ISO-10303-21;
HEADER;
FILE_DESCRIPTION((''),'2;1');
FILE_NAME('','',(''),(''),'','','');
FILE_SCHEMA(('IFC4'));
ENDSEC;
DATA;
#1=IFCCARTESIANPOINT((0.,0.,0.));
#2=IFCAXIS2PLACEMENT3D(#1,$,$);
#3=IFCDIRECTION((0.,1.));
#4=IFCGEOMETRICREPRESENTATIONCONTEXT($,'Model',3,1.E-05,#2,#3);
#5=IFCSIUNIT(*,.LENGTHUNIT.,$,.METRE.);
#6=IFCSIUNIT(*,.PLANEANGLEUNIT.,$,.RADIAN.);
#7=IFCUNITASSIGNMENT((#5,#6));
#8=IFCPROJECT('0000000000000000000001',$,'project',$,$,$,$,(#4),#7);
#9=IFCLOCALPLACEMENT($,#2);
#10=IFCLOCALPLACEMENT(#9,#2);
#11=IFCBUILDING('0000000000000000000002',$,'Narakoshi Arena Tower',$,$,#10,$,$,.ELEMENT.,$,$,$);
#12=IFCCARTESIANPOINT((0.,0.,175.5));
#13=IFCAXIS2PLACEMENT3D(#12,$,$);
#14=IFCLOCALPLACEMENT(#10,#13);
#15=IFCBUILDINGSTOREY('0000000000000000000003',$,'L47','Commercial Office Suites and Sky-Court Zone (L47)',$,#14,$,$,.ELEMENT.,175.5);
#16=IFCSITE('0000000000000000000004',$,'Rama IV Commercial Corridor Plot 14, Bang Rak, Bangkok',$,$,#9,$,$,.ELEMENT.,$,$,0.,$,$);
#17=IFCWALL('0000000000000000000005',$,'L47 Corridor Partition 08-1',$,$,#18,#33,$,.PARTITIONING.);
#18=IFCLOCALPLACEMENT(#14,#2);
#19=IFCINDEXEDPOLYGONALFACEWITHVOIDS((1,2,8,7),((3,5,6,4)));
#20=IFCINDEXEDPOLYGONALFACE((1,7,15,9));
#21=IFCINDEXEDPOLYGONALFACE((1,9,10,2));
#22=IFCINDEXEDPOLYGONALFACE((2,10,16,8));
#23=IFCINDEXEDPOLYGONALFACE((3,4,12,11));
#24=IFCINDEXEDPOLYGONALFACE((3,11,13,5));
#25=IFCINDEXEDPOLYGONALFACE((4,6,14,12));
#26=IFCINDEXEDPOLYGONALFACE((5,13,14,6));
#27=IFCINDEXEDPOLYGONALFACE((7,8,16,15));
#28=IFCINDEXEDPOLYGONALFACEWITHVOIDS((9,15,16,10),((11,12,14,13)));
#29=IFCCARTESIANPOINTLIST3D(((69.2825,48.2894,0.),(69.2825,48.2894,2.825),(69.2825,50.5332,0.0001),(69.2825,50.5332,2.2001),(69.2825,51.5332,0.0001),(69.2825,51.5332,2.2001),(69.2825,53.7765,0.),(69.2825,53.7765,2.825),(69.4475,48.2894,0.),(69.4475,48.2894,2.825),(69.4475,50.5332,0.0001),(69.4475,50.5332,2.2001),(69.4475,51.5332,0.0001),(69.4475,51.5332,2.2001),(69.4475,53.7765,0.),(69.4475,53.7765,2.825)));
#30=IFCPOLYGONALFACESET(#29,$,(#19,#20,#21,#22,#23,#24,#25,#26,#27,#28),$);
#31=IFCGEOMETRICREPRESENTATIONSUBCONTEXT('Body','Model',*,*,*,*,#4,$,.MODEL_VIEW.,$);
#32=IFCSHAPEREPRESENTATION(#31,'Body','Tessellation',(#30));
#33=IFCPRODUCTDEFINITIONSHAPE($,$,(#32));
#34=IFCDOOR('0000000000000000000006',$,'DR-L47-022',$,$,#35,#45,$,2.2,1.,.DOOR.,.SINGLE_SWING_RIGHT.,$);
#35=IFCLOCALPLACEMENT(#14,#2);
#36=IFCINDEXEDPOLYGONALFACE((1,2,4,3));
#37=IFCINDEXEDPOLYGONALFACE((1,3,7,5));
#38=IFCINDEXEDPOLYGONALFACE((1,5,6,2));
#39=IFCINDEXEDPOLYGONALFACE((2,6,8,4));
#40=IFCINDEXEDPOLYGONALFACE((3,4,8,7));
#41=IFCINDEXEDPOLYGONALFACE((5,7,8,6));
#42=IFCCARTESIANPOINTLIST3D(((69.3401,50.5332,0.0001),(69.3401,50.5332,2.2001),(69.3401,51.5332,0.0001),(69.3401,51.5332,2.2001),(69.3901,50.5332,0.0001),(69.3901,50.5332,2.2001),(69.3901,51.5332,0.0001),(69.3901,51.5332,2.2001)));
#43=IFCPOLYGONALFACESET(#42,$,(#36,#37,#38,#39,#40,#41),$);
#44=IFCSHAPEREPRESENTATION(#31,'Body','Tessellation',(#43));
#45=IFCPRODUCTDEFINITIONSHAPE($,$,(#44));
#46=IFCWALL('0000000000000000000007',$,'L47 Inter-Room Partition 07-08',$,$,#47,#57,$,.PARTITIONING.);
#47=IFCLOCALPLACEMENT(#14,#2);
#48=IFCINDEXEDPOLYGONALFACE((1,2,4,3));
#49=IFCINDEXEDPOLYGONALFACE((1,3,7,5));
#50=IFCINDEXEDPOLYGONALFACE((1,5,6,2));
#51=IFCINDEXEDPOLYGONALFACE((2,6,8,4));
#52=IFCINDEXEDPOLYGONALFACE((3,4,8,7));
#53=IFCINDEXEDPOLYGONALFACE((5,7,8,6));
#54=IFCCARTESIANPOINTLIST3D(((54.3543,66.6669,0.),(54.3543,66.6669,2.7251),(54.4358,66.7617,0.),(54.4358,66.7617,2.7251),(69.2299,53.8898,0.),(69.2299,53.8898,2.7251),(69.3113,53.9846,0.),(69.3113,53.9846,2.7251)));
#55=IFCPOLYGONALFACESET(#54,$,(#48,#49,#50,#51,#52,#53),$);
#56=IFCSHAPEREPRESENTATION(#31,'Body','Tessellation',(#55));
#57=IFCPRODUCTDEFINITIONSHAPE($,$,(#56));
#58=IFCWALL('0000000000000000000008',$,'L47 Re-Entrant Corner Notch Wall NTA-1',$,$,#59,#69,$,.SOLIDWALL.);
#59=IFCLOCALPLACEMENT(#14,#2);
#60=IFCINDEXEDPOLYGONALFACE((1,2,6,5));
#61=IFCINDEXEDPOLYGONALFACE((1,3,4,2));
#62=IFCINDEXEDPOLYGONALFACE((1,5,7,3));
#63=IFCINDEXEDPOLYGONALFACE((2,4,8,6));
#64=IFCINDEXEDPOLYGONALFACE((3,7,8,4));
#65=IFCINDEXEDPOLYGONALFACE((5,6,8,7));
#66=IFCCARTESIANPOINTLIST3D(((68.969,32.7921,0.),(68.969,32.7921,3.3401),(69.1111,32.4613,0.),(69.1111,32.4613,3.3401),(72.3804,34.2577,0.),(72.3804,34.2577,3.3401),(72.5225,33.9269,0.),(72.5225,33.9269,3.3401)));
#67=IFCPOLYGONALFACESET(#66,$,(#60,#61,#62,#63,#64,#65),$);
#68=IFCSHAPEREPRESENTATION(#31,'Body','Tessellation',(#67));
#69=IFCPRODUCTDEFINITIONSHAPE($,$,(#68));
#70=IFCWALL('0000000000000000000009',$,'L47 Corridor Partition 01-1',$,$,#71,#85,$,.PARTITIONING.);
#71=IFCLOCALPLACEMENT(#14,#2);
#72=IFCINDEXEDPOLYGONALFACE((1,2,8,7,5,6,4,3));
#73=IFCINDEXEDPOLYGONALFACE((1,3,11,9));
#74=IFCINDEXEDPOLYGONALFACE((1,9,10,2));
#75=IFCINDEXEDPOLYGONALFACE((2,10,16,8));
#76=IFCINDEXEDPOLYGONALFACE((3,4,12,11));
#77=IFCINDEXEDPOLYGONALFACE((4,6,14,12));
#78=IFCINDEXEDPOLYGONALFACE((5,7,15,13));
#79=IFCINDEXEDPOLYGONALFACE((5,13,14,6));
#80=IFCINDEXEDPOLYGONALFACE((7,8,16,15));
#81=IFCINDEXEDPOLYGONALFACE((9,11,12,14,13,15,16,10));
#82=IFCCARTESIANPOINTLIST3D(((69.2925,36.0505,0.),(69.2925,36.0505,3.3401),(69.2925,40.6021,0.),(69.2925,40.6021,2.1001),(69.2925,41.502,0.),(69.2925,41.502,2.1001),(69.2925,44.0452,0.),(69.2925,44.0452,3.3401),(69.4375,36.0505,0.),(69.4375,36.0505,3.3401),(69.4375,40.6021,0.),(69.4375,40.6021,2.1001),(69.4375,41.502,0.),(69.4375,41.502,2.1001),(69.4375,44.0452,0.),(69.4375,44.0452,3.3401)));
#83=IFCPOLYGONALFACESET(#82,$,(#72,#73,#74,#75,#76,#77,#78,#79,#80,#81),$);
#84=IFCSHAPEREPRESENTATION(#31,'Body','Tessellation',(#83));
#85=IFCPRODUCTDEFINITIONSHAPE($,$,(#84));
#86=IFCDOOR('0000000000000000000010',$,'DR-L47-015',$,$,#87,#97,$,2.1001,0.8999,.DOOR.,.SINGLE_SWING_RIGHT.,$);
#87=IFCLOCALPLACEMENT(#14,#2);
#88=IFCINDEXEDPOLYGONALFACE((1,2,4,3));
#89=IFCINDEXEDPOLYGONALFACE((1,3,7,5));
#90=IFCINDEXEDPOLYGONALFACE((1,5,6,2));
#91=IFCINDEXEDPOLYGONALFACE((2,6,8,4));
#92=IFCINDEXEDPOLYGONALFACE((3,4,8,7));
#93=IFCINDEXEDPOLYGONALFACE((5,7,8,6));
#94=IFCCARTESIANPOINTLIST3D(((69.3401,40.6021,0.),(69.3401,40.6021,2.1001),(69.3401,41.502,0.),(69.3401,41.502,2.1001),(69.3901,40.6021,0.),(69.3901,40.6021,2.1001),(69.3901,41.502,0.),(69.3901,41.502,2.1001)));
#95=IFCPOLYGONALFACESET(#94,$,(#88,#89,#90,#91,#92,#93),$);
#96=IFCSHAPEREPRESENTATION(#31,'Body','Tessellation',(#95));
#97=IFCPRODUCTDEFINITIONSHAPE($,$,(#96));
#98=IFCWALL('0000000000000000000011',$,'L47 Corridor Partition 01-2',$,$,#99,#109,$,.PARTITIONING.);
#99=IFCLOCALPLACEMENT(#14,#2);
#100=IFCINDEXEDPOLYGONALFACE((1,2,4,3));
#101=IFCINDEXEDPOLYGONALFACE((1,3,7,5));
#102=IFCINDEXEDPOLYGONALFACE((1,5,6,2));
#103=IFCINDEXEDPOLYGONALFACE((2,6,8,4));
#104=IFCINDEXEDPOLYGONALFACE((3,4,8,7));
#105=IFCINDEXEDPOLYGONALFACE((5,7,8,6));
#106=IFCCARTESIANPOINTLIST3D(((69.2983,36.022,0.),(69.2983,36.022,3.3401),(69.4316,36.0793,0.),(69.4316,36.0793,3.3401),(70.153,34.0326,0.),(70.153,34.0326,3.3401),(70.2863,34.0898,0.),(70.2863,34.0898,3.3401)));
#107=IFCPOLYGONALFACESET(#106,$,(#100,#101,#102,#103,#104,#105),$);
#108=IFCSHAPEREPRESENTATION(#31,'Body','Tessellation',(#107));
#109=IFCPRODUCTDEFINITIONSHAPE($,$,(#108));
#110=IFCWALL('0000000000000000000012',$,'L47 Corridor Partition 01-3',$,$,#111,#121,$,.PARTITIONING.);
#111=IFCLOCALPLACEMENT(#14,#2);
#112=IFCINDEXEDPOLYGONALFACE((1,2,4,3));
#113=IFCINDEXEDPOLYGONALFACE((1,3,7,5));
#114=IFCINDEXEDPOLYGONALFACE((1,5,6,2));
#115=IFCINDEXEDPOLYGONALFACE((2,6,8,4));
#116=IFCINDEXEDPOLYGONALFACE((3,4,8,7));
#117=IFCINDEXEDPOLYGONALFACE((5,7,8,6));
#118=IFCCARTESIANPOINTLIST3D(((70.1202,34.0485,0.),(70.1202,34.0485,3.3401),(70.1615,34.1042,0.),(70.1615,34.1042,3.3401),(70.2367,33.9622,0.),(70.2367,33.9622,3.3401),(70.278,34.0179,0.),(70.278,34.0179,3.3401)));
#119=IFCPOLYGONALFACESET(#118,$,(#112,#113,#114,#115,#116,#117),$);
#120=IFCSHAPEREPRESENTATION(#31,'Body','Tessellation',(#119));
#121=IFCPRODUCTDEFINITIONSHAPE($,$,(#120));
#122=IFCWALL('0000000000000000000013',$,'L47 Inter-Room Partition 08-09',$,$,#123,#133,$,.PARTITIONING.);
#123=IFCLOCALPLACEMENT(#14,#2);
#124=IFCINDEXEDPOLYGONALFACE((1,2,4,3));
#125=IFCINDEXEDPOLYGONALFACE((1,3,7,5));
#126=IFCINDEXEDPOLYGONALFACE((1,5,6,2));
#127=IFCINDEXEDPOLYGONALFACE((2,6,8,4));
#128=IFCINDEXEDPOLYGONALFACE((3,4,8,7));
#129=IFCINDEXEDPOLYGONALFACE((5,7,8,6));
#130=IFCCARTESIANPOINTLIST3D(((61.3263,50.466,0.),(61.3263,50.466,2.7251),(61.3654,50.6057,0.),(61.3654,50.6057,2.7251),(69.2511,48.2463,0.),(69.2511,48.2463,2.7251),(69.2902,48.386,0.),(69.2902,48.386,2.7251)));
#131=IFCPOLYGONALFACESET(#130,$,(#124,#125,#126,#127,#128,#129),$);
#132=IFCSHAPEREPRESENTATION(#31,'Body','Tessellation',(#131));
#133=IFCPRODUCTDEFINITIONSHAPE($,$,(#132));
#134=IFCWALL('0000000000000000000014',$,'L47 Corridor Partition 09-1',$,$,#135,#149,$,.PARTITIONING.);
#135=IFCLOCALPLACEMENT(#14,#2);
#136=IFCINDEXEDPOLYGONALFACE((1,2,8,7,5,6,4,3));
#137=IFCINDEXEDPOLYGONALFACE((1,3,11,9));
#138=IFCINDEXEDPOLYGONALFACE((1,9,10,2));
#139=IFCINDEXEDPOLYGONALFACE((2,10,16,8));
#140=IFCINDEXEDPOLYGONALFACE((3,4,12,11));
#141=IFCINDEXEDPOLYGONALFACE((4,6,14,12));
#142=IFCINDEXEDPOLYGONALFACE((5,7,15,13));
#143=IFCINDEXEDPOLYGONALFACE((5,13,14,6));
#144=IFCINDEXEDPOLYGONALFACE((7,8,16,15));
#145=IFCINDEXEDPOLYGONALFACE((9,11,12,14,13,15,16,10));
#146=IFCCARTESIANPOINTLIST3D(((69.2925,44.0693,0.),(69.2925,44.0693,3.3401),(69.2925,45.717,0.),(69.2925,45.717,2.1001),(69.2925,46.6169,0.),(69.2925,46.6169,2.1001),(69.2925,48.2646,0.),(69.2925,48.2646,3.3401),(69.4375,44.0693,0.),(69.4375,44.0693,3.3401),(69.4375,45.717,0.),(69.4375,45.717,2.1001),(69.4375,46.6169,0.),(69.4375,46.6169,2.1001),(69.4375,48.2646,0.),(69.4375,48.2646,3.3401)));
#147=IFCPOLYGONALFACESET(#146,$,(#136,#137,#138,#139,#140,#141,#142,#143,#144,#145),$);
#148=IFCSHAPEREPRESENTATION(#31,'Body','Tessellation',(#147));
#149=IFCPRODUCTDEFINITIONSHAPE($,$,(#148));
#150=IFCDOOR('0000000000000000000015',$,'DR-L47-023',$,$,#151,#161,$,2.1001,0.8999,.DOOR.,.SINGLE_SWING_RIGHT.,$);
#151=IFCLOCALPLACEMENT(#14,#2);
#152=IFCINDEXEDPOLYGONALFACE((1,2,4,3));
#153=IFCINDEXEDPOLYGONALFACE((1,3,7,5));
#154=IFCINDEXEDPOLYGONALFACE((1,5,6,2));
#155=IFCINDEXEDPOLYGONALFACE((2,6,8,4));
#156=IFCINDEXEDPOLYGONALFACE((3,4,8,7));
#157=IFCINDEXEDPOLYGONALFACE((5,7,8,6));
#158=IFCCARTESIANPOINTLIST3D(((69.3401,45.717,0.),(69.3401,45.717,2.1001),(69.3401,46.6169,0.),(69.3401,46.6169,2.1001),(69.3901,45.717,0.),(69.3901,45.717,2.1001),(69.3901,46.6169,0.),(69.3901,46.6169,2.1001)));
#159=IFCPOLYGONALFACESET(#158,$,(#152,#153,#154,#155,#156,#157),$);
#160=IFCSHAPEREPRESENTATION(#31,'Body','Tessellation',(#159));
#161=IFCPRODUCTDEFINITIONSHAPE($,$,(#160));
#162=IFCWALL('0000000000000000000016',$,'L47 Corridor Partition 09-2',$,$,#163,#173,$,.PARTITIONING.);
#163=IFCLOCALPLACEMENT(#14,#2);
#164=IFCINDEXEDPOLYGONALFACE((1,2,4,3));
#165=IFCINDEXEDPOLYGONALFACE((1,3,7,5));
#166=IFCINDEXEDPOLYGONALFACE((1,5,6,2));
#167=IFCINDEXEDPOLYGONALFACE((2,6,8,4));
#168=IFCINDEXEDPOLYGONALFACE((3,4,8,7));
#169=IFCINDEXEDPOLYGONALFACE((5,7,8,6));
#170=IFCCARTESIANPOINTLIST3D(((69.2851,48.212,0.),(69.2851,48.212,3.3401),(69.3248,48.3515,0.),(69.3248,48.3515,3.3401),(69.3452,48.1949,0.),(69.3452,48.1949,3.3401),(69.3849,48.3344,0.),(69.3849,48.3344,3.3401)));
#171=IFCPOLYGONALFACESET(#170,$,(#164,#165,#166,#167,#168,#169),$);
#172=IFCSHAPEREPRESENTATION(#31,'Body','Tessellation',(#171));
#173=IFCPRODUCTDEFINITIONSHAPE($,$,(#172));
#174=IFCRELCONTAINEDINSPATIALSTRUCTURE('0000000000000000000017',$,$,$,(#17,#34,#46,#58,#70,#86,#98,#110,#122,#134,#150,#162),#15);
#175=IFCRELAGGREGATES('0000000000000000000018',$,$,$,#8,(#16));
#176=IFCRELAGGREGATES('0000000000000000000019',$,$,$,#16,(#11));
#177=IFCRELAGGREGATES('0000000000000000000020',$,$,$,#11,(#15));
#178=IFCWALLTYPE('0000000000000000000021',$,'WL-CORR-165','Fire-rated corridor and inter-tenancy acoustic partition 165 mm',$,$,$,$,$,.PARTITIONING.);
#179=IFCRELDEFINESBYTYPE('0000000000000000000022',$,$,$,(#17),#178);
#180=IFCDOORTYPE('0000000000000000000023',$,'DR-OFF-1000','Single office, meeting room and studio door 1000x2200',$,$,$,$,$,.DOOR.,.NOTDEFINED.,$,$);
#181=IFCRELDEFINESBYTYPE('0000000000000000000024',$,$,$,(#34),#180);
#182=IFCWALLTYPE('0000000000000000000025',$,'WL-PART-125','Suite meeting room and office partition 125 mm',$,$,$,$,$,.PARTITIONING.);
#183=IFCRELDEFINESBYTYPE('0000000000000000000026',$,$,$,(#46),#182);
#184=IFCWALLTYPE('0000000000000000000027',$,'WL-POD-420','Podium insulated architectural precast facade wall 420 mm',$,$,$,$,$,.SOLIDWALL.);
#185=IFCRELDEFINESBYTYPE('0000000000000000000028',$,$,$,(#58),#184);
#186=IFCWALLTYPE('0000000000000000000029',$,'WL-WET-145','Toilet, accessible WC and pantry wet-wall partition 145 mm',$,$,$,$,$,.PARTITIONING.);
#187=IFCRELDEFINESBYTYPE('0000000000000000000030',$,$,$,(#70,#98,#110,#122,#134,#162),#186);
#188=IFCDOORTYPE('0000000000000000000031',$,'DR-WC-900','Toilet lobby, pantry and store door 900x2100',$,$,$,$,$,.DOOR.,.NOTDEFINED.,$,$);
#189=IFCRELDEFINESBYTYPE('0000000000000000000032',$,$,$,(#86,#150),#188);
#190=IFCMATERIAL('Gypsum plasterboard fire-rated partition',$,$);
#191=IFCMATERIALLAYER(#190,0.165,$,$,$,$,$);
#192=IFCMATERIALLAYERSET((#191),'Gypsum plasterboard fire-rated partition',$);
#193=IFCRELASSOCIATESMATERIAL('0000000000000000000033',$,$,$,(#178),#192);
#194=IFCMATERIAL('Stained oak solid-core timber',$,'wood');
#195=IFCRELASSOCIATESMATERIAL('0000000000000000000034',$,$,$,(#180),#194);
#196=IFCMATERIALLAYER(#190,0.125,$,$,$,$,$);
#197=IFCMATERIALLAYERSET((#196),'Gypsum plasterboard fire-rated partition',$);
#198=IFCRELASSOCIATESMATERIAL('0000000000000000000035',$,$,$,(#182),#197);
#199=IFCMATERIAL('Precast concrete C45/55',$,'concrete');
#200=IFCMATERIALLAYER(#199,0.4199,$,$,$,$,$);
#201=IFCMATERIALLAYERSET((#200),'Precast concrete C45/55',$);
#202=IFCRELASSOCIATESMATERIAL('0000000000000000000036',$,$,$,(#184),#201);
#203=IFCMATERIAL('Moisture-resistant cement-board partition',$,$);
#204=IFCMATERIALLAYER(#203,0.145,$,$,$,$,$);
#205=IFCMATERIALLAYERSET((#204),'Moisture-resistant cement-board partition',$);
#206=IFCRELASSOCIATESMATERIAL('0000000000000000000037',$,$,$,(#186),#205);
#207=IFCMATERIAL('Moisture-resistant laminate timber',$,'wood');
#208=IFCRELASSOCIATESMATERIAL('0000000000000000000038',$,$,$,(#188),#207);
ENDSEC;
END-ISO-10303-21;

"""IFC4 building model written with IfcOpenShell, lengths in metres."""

from ifc_helpers import new_model, si_unit, direction, frame, frame_2d, origin, place, context, subcontext, project, spatial, rectangle, extrude, material, layer, layer_set, type_object, element, fill, save


model = new_model("IFC4")

# Units and contexts
model_context = context("Model", 3, precision=1e-05, world=origin(), true_north=direction((0.0, 1.0)))
body_context = subcontext(model_context, "Body", "Model", "MODEL_VIEW")
ifc_project = project(units=[si_unit("LENGTHUNIT", "METRE"), si_unit("PLANEANGLEUNIT", "RADIAN")], contexts=[model_context])

# Site, building, storey
site_placement = place(None, origin())
site = spatial("IfcSite", under=ifc_project, at=site_placement, Name="Rama IV Commercial Corridor Plot 14, Bang Rak, Bangkok", CompositionType="ELEMENT", RefElevation=0.0)
building_placement = place(site_placement, origin())
building = spatial("IfcBuilding", under=site, at=building_placement, Name="Narakoshi Arena Tower", CompositionType="ELEMENT")
storey_placement = place(building_placement, frame((0.0, 0.0, 175.5)))
storey = spatial("IfcBuildingStorey", under=building, at=storey_placement, Name="L47", Description="Commercial Office Suites and Sky-Court Zone (L47)", CompositionType="ELEMENT", Elevation=175.5)

# Shared definitions
ifc_material_1 = material(Name="Gypsum plasterboard fire-rated partition")
ifc_layer_1 = layer(ifc_material_1, 0.165)
ifc_layer_set_1 = layer_set([ifc_layer_1], Name="Gypsum plasterboard fire-rated partition")
wall_type_1 = type_object("IfcWallType", Name="WL-CORR-165", Description="Fire-rated corridor and inter-tenancy acoustic partition 165 mm", PredefinedType="PARTITIONING", material=ifc_layer_set_1)

# Wall, opening, door
wall_1_placement = place(storey_placement, frame((69.365, 53.7766, 0.0), z_axis=(0.0, 0.0, 1.0), x_axis=(0.0, -1.0, 0.0)))
wall_1 = element("IfcWall", 1, at=wall_1_placement, inside=storey, type_object=wall_type_1, Name="L47 Corridor Partition 08-1", PredefinedType="PARTITIONING", context=body_context, shape_type="SweptSolid", body=[
    extrude(rectangle(XDim=5.4871, YDim=0.165, at=frame_2d((2.7437, 0.0))), origin(), (0.0, 0.0, 1.0), 2.825),
])
opening_1_placement = place(wall_1_placement, frame((2.2434, 0.0, 0.0)))
opening_1 = element("IfcOpeningElement", 2, at=opening_1_placement, cuts=wall_1, PredefinedType="OPENING", context=body_context, shape_type="SweptSolid", body=[
    extrude(rectangle(XDim=1.0, YDim=2.2, at=frame_2d((0.5, 1.1001))), frame((0.0, 0.0925, 0.0), z_axis=(0.0, -1.0, 0.0), x_axis=(1.0, 0.0, 0.0)), (0.0, 0.0, 1.0), 0.1851),
])
ifc_material_2 = material(Name="Stained oak solid-core timber", Category="wood")
door_type_1 = type_object("IfcDoorType", Name="DR-OFF-1000", Description="Single office, meeting room and studio door 1000x2200", OperationType="NOTDEFINED", PredefinedType="DOOR", material=ifc_material_2)
door_1_placement = place(opening_1_placement, frame((1.0, 0.0, 0.0), z_axis=(0.0, 0.0, 1.0), x_axis=(-1.0, 0.0, 0.0)))
door_1 = element("IfcDoor", 3, at=door_1_placement, inside=storey, type_object=door_type_1, Name="DR-L47-022", OperationType="SINGLE_SWING_RIGHT", OverallHeight=2.2, OverallWidth=1.0, PredefinedType="DOOR", context=body_context, shape_type="SweptSolid", body=[
    extrude(rectangle(XDim=1.0, YDim=2.2, at=frame_2d((0.5, 1.1001))), frame((0.0, 0.0249, 0.0), z_axis=(0.0, -1.0, 0.0), x_axis=(1.0, 0.0, 0.0)), (0.0, 0.0, 1.0), 0.05),
])
fill(opening_1, door_1)

# Walls
ifc_layer_2 = layer(ifc_material_1, 0.125)
ifc_layer_set_2 = layer_set([ifc_layer_2], Name="Gypsum plasterboard fire-rated partition")
wall_type_2 = type_object("IfcWallType", Name="WL-PART-125", Description="Suite meeting room and office partition 125 mm", PredefinedType="PARTITIONING", material=ifc_layer_set_2)
wall_2_placement = place(storey_placement, frame((69.2705, 53.9373, 0.0), z_axis=(0.0, 0.0, 1.0), x_axis=(-0.758584, 0.651575, 0.0)))
element("IfcWall", 4, at=wall_2_placement, inside=storey, type_object=wall_type_2, Name="L47 Inter-Room Partition 07-08", PredefinedType="PARTITIONING", context=body_context, shape_type="SweptSolid", body=[
    extrude(rectangle(XDim=19.6096, YDim=0.125, at=frame_2d((9.8047, 0.0))), origin(), (0.0, 0.0, 1.0), 2.7251),
])
ifc_material_3 = material(Name="Precast concrete C45/55", Category="concrete")
ifc_layer_3 = layer(ifc_material_3, 0.4199)
ifc_layer_set_3 = layer_set([ifc_layer_3], Name="Precast concrete C45/55")
wall_type_3 = type_object("IfcWallType", Name="WL-POD-420", Description="Podium insulated architectural precast facade wall 420 mm", PredefinedType="SOLIDWALL", material=ifc_layer_set_3)
wall_3_placement = place(storey_placement, frame((69.04, 32.6267, 0.0), z_axis=(0.0, 0.0, 1.0), x_axis=(0.918798, 0.394729, 0.0)))
element("IfcWall", 5, at=wall_3_placement, inside=storey, type_object=wall_type_3, Name="L47 Re-Entrant Corner Notch Wall NTA-1", PredefinedType="SOLIDWALL", context=body_context, shape_type="SweptSolid", body=[
    extrude(rectangle(XDim=3.7129, YDim=0.3601, at=frame_2d((1.8564, 0.0))), origin(), (0.0, 0.0, 1.0), 3.3401),
])

# Wall, opening, door
ifc_material_4 = material(Name="Moisture-resistant cement-board partition")
ifc_layer_4 = layer(ifc_material_4, 0.145)
ifc_layer_set_4 = layer_set([ifc_layer_4], Name="Moisture-resistant cement-board partition")
wall_type_4 = type_object("IfcWallType", Name="WL-WET-145", Description="Toilet, accessible WC and pantry wet-wall partition 145 mm", PredefinedType="PARTITIONING", material=ifc_layer_set_4)
wall_4_placement = place(storey_placement, frame((69.365, 44.0452, 0.0), z_axis=(0.0, 0.0, 1.0), x_axis=(0.0, -1.0, 0.0)))
wall_4 = element("IfcWall", 6, at=wall_4_placement, inside=storey, type_object=wall_type_4, Name="L47 Corridor Partition 01-1", PredefinedType="PARTITIONING", context=body_context, shape_type="SweptSolid", body=[
    extrude(rectangle(XDim=7.9946, YDim=0.145, at=frame_2d((3.9973, 0.0))), origin(), (0.0, 0.0, 1.0), 3.3401),
])
opening_2_placement = place(wall_4_placement, frame((2.5432, 0.0, 0.0)))
opening_2 = element("IfcOpeningElement", 7, at=opening_2_placement, cuts=wall_4, PredefinedType="OPENING", context=body_context, shape_type="SweptSolid", body=[
    extrude(rectangle(XDim=0.8999, YDim=2.1001, at=frame_2d((0.45, 1.05))), frame((0.0, 0.0825, 0.0), z_axis=(0.0, -1.0, 0.0), x_axis=(1.0, 0.0, 0.0)), (0.0, 0.0, 1.0), 0.165),
])
ifc_material_5 = material(Name="Moisture-resistant laminate timber", Category="wood")
door_type_2 = type_object("IfcDoorType", Name="DR-WC-900", Description="Toilet lobby, pantry and store door 900x2100", OperationType="NOTDEFINED", PredefinedType="DOOR", material=ifc_material_5)
door_2_placement = place(opening_2_placement, frame((0.8999, 0.0, 0.0), z_axis=(0.0, 0.0, 1.0), x_axis=(-1.0, 0.0, 0.0)))
door_2 = element("IfcDoor", 8, at=door_2_placement, inside=storey, type_object=door_type_2, Name="DR-L47-015", OperationType="SINGLE_SWING_RIGHT", OverallHeight=2.1001, OverallWidth=0.8999, PredefinedType="DOOR", context=body_context, shape_type="SweptSolid", body=[
    extrude(rectangle(XDim=0.8999, YDim=2.1001, at=frame_2d((0.45, 1.05))), frame((0.0, 0.0249, 0.0), z_axis=(0.0, -1.0, 0.0), x_axis=(1.0, 0.0, 0.0)), (0.0, 0.0, 1.0), 0.05),
])
fill(opening_2, door_2)

# Walls
wall_5_placement = place(storey_placement, frame((69.365, 36.0505, 0.0), z_axis=(0.0, 0.0, 1.0), x_axis=(0.394736, -0.918795, 0.0)))
element("IfcWall", 9, at=wall_5_placement, inside=storey, type_object=wall_type_4, Name="L47 Corridor Partition 01-2", PredefinedType="PARTITIONING", context=body_context, shape_type="SweptSolid", body=[
    extrude(rectangle(XDim=2.1653, YDim=0.145, at=frame_2d((1.0825, 0.0))), origin(), (0.0, 0.0, 1.0), 3.3401),
])
wall_6_placement = place(storey_placement, frame((70.2197, 34.061, 0.0), z_axis=(0.0, 0.0, 1.0), x_axis=(-0.59548, -0.80337, 0.0)))
element("IfcWall", 10, at=wall_6_placement, inside=storey, type_object=wall_type_4, Name="L47 Corridor Partition 01-3", PredefinedType="PARTITIONING", context=body_context, shape_type="SweptSolid", body=[
    extrude(rectangle(XDim=0.0693, YDim=0.145, at=frame_2d((0.0347, 0.0))), origin(), (0.0, 0.0, 1.0), 3.3401),
])
wall_7_placement = place(storey_placement, frame((69.2705, 48.3162, 0.0), z_axis=(0.0, 0.0, 1.0), x_axis=(-0.962939, 0.269718, 0.0)))
element("IfcWall", 11, at=wall_7_placement, inside=storey, type_object=wall_type_4, Name="L47 Inter-Room Partition 08-09", PredefinedType="PARTITIONING", context=body_context, shape_type="SweptSolid", body=[
    extrude(rectangle(XDim=8.2297, YDim=0.145, at=frame_2d((4.1147, 0.0))), origin(), (0.0, 0.0, 1.0), 2.7251),
])

# Wall, opening, door
wall_8_placement = place(storey_placement, frame((69.365, 48.2646, 0.0), z_axis=(0.0, 0.0, 1.0), x_axis=(0.0, -1.0, 0.0)))
wall_8 = element("IfcWall", 12, at=wall_8_placement, inside=storey, type_object=wall_type_4, Name="L47 Corridor Partition 09-1", PredefinedType="PARTITIONING", context=body_context, shape_type="SweptSolid", body=[
    extrude(rectangle(XDim=4.1953, YDim=0.145, at=frame_2d((2.0977, 0.0))), origin(), (0.0, 0.0, 1.0), 3.3401),
])
opening_3_placement = place(wall_8_placement, frame((1.6477, 0.0, 0.0)))
opening_3 = element("IfcOpeningElement", 13, at=opening_3_placement, cuts=wall_8, PredefinedType="OPENING", context=body_context, shape_type="SweptSolid", body=[
    extrude(rectangle(XDim=0.8999, YDim=2.1001, at=frame_2d((0.45, 1.05))), frame((0.0, 0.0825, 0.0), z_axis=(0.0, -1.0, 0.0), x_axis=(1.0, 0.0, 0.0)), (0.0, 0.0, 1.0), 0.165),
])
door_3_placement = place(opening_3_placement, frame((0.8999, 0.0, 0.0), z_axis=(0.0, 0.0, 1.0), x_axis=(-1.0, 0.0, 0.0)))
door_3 = element("IfcDoor", 14, at=door_3_placement, inside=storey, type_object=door_type_2, Name="DR-L47-023", OperationType="SINGLE_SWING_RIGHT", OverallHeight=2.1001, OverallWidth=0.8999, PredefinedType="DOOR", context=body_context, shape_type="SweptSolid", body=[
    extrude(rectangle(XDim=0.8999, YDim=2.1001, at=frame_2d((0.45, 1.05))), frame((0.0, 0.0249, 0.0), z_axis=(0.0, -1.0, 0.0), x_axis=(1.0, 0.0, 0.0)), (0.0, 0.0, 1.0), 0.05),
])
fill(opening_3, door_3)

# Wall
wall_9_placement = place(storey_placement, frame((69.3049, 48.2817, 0.0), z_axis=(0.0, 0.0, 1.0), x_axis=(0.961818, -0.273688, 0.0)))
element("IfcWall", 15, at=wall_9_placement, inside=storey, type_object=wall_type_4, Name="L47 Corridor Partition 09-2", PredefinedType="PARTITIONING", context=body_context, shape_type="SweptSolid", body=[
    extrude(rectangle(XDim=0.0625, YDim=0.145, at=frame_2d((0.0312, 0.0))), origin(), (0.0, 0.0, 1.0), 3.3401),
])

save(model, "model.ifc")
